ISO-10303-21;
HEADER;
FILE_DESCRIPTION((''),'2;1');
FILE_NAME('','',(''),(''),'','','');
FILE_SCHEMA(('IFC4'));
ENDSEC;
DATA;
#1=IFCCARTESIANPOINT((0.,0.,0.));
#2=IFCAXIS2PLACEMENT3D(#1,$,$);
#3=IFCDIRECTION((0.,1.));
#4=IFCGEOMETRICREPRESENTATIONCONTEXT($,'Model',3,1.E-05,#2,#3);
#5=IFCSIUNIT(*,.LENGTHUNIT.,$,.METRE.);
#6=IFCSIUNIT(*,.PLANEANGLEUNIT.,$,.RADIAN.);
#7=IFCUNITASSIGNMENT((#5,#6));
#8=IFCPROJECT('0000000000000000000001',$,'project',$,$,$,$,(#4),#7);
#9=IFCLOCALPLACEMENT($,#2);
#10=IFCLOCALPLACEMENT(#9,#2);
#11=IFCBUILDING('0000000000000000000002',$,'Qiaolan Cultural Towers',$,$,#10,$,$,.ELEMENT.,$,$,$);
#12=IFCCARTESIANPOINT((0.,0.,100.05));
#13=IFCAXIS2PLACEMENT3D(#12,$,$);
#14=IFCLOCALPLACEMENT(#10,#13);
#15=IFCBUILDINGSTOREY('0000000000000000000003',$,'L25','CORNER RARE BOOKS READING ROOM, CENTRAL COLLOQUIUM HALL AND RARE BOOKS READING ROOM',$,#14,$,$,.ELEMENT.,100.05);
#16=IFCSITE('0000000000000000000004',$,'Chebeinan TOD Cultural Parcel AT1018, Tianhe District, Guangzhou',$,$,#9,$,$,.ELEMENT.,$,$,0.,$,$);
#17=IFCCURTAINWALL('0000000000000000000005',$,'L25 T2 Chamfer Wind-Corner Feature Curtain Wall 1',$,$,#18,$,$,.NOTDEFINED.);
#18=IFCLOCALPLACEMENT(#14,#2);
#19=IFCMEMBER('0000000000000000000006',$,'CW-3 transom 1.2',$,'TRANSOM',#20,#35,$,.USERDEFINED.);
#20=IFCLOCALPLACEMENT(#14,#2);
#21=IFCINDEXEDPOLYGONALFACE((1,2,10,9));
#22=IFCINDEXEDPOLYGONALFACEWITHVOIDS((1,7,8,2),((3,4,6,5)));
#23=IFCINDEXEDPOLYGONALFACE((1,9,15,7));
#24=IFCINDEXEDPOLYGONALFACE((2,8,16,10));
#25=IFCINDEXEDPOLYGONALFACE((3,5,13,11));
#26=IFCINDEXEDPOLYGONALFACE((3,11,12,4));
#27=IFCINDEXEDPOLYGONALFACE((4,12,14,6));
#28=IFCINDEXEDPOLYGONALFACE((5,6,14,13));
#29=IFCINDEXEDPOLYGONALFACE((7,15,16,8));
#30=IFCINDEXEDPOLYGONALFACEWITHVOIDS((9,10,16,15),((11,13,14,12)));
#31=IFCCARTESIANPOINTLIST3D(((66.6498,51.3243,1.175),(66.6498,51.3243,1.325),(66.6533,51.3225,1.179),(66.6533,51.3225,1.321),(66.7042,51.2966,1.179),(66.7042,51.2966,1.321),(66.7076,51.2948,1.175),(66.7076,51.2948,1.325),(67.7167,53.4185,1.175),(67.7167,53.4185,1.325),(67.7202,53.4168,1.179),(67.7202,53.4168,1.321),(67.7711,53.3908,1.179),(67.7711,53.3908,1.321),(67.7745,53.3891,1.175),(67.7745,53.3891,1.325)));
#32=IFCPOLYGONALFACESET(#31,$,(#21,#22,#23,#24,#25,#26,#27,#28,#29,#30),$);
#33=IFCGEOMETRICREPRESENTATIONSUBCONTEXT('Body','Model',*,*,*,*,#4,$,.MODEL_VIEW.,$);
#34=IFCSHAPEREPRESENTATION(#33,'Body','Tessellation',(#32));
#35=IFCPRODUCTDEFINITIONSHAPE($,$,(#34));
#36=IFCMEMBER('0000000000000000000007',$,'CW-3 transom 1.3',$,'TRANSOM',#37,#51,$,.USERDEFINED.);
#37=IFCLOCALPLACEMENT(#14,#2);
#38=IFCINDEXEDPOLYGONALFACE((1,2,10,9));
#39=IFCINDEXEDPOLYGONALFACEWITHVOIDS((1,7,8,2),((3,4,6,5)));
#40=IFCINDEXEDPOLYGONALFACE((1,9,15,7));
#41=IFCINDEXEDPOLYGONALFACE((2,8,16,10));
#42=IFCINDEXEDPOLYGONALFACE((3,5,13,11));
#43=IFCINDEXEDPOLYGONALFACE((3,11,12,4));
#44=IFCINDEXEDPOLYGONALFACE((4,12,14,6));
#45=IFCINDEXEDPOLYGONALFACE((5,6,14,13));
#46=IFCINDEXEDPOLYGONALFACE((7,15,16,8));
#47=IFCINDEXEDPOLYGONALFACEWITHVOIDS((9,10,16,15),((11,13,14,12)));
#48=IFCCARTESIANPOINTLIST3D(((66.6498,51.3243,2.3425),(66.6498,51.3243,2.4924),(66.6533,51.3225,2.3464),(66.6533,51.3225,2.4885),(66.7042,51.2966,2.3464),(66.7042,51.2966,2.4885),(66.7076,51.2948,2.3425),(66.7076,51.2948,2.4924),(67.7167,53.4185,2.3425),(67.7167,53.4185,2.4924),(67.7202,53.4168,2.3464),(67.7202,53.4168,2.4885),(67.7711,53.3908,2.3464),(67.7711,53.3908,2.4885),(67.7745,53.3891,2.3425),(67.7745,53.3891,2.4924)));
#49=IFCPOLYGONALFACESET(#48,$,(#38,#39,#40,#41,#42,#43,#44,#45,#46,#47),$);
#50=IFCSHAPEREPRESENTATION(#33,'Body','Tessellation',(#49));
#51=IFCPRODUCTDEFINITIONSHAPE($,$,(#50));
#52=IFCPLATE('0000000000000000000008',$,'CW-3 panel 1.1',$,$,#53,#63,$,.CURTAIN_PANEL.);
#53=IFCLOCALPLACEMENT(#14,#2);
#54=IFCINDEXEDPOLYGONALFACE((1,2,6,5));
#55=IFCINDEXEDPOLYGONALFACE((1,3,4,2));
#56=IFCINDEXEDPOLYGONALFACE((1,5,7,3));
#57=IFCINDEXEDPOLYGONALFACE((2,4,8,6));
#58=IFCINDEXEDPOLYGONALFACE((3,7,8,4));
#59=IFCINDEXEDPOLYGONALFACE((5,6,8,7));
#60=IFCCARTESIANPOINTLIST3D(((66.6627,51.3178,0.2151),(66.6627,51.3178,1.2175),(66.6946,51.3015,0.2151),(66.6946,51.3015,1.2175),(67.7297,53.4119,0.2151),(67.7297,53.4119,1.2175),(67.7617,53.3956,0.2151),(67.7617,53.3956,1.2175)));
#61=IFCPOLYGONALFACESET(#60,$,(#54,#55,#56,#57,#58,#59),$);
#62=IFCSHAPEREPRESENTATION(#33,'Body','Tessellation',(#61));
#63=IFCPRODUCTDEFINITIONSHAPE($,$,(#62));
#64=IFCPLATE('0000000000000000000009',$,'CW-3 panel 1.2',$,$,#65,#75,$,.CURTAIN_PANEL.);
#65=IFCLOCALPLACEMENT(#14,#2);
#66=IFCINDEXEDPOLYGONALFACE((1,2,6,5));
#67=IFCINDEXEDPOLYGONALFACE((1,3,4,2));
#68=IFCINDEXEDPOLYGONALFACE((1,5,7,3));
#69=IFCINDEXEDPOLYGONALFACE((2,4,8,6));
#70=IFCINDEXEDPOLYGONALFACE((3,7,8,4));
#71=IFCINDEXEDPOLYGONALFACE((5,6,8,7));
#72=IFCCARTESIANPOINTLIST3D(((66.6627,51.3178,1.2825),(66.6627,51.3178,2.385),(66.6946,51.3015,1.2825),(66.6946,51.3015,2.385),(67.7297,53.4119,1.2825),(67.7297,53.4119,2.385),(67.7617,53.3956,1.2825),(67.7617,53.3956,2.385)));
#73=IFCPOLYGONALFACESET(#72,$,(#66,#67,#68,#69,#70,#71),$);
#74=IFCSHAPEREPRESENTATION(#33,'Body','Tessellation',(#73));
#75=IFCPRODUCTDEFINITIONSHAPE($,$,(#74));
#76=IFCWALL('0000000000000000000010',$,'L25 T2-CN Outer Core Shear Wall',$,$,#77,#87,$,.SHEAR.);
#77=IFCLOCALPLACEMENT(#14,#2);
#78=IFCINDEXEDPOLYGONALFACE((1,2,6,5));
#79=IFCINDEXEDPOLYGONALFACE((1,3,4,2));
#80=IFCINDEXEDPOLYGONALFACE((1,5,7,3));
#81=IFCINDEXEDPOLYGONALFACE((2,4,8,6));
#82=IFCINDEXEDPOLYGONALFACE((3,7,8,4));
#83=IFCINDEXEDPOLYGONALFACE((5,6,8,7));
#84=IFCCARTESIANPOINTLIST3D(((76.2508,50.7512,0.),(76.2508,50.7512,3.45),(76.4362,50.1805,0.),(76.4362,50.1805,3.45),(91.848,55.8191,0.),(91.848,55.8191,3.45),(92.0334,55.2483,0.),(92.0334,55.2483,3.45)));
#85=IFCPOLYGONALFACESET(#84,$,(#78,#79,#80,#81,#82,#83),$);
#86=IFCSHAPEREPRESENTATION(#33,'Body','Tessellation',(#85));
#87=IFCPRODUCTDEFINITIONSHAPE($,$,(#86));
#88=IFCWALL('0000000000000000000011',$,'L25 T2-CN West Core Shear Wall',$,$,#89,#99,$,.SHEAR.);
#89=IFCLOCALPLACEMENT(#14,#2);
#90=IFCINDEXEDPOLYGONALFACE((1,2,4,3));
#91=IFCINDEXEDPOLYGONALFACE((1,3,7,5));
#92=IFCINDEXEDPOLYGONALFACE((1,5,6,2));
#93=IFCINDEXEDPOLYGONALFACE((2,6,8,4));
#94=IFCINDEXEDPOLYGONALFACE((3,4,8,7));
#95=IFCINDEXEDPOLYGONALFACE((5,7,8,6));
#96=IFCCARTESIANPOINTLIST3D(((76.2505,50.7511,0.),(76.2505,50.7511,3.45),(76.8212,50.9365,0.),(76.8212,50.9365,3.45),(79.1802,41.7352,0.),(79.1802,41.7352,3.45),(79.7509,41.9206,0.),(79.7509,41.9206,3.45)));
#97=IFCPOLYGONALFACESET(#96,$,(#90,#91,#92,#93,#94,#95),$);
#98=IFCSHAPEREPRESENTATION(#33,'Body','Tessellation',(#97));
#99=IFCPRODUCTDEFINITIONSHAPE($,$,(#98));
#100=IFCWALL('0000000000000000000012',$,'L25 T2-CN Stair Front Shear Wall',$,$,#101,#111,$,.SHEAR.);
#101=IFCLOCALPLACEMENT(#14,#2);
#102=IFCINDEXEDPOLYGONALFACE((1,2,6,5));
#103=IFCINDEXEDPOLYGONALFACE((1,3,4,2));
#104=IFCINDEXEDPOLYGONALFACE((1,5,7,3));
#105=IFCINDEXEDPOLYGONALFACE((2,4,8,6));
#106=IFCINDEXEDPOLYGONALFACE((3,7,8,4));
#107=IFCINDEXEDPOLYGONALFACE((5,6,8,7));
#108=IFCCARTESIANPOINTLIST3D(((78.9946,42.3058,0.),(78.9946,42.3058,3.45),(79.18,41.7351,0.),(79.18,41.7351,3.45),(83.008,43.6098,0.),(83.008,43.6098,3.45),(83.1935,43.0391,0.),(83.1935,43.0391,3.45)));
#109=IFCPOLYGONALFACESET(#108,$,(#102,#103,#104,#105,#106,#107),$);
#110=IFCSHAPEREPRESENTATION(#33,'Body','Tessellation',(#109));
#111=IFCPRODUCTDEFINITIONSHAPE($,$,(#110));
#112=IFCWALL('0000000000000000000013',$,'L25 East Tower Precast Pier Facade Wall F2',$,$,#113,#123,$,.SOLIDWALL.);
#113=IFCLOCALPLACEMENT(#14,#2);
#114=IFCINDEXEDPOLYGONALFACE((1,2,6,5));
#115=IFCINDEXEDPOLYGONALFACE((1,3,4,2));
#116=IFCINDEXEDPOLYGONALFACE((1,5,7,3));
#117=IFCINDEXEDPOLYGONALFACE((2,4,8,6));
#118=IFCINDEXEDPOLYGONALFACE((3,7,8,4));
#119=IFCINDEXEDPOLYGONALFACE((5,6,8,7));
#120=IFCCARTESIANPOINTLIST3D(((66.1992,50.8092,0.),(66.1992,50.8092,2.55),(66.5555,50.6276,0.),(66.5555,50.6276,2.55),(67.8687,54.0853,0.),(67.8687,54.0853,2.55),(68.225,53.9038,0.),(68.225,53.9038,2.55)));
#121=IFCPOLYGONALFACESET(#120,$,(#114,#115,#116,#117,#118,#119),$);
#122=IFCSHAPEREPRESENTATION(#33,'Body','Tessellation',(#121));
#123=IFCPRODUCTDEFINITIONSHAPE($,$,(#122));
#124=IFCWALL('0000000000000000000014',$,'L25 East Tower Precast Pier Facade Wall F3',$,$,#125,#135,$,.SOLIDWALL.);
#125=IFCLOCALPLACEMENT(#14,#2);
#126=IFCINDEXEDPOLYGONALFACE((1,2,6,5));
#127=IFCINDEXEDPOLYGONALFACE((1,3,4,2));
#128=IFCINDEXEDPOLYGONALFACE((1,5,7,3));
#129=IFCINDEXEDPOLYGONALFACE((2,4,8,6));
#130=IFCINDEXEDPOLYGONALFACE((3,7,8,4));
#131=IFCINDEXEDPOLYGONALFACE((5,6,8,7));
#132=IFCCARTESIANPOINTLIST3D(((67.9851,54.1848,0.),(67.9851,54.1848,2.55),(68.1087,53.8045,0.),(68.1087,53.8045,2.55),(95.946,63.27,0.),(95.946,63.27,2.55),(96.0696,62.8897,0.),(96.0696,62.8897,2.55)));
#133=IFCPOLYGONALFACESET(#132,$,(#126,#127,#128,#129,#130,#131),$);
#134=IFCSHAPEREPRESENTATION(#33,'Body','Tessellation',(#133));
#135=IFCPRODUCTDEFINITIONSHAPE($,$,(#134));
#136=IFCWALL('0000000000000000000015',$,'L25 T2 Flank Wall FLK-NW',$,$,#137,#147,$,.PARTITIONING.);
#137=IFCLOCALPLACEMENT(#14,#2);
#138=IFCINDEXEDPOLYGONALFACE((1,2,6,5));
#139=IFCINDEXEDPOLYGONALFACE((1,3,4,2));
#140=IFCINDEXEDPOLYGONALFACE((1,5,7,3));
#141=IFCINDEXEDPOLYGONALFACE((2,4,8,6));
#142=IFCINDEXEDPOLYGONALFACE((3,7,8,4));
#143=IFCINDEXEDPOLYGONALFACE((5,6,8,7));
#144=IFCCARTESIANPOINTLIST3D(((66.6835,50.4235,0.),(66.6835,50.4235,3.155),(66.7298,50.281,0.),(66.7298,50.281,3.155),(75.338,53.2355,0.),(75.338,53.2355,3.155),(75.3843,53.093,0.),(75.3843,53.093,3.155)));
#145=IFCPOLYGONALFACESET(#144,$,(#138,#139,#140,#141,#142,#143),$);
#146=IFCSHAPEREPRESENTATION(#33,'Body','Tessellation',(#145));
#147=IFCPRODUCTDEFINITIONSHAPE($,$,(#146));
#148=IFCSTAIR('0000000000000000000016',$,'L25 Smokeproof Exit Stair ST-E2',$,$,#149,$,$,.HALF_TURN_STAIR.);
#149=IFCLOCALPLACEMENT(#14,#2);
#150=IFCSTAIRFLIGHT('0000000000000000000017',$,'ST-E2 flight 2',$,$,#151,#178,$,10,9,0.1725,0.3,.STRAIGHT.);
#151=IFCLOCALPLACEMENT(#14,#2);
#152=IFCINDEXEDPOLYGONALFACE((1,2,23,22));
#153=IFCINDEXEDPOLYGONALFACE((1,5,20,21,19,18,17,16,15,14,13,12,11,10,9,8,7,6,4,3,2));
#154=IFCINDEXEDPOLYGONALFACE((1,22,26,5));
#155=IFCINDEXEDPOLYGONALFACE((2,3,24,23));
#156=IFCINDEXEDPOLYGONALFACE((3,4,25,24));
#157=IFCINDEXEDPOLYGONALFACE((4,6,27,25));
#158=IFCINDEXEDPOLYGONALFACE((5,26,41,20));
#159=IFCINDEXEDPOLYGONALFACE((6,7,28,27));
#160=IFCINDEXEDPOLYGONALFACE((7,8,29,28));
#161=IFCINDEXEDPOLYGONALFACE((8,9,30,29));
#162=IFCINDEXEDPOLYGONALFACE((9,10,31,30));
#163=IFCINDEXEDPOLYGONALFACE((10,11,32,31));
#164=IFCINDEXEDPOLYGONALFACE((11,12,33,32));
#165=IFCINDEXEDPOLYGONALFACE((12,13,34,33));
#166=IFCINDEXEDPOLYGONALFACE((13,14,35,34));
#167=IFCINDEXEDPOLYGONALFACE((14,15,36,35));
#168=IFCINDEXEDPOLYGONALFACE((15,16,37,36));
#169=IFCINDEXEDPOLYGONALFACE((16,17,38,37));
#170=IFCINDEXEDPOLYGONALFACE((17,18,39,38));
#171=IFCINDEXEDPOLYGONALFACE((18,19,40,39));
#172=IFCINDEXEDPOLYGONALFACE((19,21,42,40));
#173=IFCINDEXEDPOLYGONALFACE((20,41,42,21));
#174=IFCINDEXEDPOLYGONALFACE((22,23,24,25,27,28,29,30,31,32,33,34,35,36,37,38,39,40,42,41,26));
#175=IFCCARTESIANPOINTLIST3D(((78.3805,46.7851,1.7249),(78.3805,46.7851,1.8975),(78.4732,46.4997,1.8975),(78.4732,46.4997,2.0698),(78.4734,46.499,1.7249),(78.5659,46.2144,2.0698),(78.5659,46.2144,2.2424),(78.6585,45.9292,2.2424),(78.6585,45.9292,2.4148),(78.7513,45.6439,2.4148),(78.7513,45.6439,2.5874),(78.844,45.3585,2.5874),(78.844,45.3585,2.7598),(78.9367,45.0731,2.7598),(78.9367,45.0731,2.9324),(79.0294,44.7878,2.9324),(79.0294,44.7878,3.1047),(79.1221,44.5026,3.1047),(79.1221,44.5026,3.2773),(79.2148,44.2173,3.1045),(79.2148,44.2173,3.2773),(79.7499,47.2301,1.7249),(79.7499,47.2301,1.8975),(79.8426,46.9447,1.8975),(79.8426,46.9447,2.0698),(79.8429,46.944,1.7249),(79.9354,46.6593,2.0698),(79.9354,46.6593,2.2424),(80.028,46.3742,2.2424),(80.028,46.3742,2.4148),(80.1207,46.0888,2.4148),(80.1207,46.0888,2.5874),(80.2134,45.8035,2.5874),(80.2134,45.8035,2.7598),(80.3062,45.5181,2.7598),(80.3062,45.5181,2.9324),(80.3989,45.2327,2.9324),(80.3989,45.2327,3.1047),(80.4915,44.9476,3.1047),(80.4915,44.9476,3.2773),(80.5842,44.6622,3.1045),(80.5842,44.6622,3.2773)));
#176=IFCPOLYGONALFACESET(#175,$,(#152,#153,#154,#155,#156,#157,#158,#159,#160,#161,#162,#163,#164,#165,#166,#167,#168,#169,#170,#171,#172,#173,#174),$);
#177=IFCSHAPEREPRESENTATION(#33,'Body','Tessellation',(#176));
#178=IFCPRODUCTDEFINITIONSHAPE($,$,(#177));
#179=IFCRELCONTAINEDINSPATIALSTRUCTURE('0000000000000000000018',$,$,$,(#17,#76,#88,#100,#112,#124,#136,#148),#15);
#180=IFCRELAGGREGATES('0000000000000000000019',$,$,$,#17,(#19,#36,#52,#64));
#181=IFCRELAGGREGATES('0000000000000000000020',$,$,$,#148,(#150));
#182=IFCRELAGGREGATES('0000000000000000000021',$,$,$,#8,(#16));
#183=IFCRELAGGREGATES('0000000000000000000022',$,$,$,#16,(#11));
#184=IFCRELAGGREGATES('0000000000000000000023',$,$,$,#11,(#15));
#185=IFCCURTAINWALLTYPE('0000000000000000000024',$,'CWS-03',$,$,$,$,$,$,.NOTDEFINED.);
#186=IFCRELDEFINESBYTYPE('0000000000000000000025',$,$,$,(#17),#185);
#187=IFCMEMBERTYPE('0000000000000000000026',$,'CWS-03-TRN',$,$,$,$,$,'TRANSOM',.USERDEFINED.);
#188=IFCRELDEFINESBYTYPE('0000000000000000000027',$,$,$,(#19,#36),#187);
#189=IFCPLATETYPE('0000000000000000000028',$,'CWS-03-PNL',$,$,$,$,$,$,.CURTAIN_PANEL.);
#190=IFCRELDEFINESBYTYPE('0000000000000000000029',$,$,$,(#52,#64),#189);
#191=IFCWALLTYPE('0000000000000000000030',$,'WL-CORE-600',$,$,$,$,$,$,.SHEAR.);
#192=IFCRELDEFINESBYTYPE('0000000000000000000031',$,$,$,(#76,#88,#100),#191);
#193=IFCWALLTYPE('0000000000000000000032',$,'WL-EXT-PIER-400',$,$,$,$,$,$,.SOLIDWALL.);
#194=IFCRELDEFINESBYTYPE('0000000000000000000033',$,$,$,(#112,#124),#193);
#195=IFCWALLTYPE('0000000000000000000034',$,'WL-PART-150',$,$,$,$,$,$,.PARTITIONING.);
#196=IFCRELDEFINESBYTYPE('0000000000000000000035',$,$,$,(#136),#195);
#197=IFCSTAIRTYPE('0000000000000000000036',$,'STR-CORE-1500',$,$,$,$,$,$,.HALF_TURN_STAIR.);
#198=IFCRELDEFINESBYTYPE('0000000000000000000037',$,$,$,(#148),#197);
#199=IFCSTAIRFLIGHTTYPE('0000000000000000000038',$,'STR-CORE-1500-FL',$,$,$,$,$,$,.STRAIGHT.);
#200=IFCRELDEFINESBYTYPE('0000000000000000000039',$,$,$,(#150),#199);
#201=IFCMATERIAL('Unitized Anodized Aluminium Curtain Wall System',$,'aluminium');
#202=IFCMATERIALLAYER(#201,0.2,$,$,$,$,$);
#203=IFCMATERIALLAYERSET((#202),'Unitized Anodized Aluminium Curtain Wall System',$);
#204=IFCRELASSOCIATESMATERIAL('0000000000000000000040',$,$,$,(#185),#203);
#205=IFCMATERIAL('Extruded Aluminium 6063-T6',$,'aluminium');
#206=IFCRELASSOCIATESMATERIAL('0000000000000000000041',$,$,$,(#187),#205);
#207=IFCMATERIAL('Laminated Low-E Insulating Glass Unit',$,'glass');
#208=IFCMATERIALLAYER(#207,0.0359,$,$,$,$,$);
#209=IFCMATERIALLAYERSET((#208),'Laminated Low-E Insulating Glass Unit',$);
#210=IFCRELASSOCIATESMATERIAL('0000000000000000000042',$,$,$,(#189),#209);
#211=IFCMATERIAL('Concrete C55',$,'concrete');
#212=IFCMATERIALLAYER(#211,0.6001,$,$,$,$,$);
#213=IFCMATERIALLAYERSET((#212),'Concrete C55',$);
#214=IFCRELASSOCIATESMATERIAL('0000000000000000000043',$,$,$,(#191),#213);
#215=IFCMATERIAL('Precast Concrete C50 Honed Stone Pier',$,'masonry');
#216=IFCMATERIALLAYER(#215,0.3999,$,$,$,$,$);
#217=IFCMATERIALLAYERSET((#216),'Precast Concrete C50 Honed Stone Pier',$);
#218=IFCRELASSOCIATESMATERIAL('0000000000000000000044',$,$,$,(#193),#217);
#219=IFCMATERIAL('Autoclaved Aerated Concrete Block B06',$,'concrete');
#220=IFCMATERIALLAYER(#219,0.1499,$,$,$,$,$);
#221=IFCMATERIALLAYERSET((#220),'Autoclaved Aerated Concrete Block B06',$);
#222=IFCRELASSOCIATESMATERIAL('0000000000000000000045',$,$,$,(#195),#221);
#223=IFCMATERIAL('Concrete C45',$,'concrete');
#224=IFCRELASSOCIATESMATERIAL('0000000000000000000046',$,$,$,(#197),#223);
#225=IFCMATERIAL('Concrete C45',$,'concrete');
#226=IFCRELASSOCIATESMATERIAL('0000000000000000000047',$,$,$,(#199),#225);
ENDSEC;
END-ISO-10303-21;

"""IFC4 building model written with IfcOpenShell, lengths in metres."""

from ifc_helpers import new_model, si_unit, direction, frame, frame_2d, origin, origin_2d, place, context, subcontext, project, spatial, polyline, rectangle, hollow_rectangle, outline, extrude, material, layer, layer_set, material_profile, profile_set, type_object, element, aggregate, save


model = new_model("IFC4")

# Units and contexts
model_context = context("Model", 3, precision=1e-05, world=origin(), true_north=direction((0.0, 1.0)))
body_context = subcontext(model_context, "Body", "Model", "MODEL_VIEW")
ifc_project = project(units=[si_unit("LENGTHUNIT", "METRE"), si_unit("PLANEANGLEUNIT", "RADIAN")], contexts=[model_context])

# Site, building, storey
site_placement = place(None, origin())
site = spatial("IfcSite", under=ifc_project, at=site_placement, Name="Chebeinan TOD Cultural Parcel AT1018, Tianhe District, Guangzhou", CompositionType="ELEMENT", RefElevation=0.0)
building_placement = place(site_placement, origin())
building = spatial("IfcBuilding", under=site, at=building_placement, Name="Qiaolan Cultural Towers", CompositionType="ELEMENT")
storey_placement = place(building_placement, frame((0.0, 0.0, 100.05)))
storey = spatial("IfcBuildingStorey", under=building, at=storey_placement, Name="L25", Description="CORNER RARE BOOKS READING ROOM, CENTRAL COLLOQUIUM HALL AND RARE BOOKS READING ROOM", CompositionType="ELEMENT", Elevation=100.05)

# Curtain wall, members, plates
ifc_material_1 = material(Name="Unitized Anodized Aluminium Curtain Wall System", Category="aluminium")
ifc_layer_1 = layer(ifc_material_1, 0.2)
ifc_layer_set_1 = layer_set([ifc_layer_1], Name="Unitized Anodized Aluminium Curtain Wall System")
curtain_wall_type = type_object("IfcCurtainWallType", Name="CWS-03", PredefinedType="NOTDEFINED", material=ifc_layer_set_1)
curtain_wall_placement = place(storey_placement, origin())
curtain_wall = element("IfcCurtainWall", 1, at=curtain_wall_placement, inside=storey, type_object=curtain_wall_type, Name="L25 T2 Chamfer Wind-Corner Feature Curtain Wall 1", PredefinedType="NOTDEFINED")
ifc_material_2 = material(Name="Extruded Aluminium 6063-T6", Category="aluminium")
ifc_material_profile_1 = material_profile(ifc_material_2, hollow_rectangle(XDim=0.0649, YDim=0.1499, WallThickness=0.0039, at=origin_2d()), Name="CWT-150x65x4")
ifc_profile_set_1 = profile_set([ifc_material_profile_1], Name="Extruded Aluminium 6063-T6")
member_type_1 = type_object("IfcMemberType", Name="CWS-03-TRN", ElementType="TRANSOM", PredefinedType="USERDEFINED", material=ifc_profile_set_1)
member_1_placement = place(storey_placement, frame((66.6787, 51.3096, 1.25), z_axis=(0.453932, 0.891036, 0.0), x_axis=(-0.891036, 0.453932, 0.0)))
member_1 = element("IfcMember", 2, at=member_1_placement, type_object=member_type_1, Name="CW-3 transom 1.2", ObjectType="TRANSOM", PredefinedType="USERDEFINED", context=body_context, shape_type="SweptSolid", body=[
    extrude(hollow_rectangle(XDim=0.0649, YDim=0.1499, WallThickness=0.0039, at=origin_2d()), origin(), (0.0, 0.0, 1.0), 2.3503),
])
member_2_placement = place(storey_placement, frame((66.6787, 51.3096, 2.4175), z_axis=(0.453932, 0.891036, 0.0), x_axis=(-0.891036, 0.453932, 0.0)))
member_2 = element("IfcMember", 3, at=member_2_placement, type_object=member_type_1, Name="CW-3 transom 1.3", ObjectType="TRANSOM", PredefinedType="USERDEFINED", context=body_context, shape_type="SweptSolid", body=[
    extrude(hollow_rectangle(XDim=0.0649, YDim=0.1499, WallThickness=0.0039, at=origin_2d()), origin(), (0.0, 0.0, 1.0), 2.3503),
])
ifc_material_3 = material(Name="Laminated Low-E Insulating Glass Unit", Category="glass")
ifc_layer_2 = layer(ifc_material_3, 0.0359)
ifc_layer_set_2 = layer_set([ifc_layer_2], Name="Laminated Low-E Insulating Glass Unit")
plate_type = type_object("IfcPlateType", Name="CWS-03-PNL", PredefinedType="CURTAIN_PANEL", material=ifc_layer_set_2)
plate_1_placement = place(storey_placement, frame((67.2122, 52.3567, 0.2151), z_axis=(0.0, 0.0, 1.0), x_axis=(0.453991, 0.891006, 0.0)))
plate_1 = element("IfcPlate", 4, at=plate_1_placement, type_object=plate_type, Name="CW-3 panel 1.1", PredefinedType="CURTAIN_PANEL", context=body_context, shape_type="SweptSolid", body=[
    extrude(rectangle(XDim=2.3503, YDim=0.0359, at=origin_2d()), origin(), (0.0, 0.0, 1.0), 1.0024),
])
plate_2_placement = place(storey_placement, frame((67.2122, 52.3567, 1.2825), z_axis=(0.0, 0.0, 1.0), x_axis=(0.453991, 0.891006, 0.0)))
plate_2 = element("IfcPlate", 5, at=plate_2_placement, type_object=plate_type, Name="CW-3 panel 1.2", PredefinedType="CURTAIN_PANEL", context=body_context, shape_type="SweptSolid", body=[
    extrude(rectangle(XDim=2.3503, YDim=0.0359, at=origin_2d()), origin(), (0.0, 0.0, 1.0), 1.1025),
])
aggregate(curtain_wall, [member_1, member_2, plate_1, plate_2])

# Walls
ifc_material_4 = material(Name="Concrete C55", Category="concrete")
ifc_layer_3 = layer(ifc_material_4, 0.6001)
ifc_layer_set_3 = layer_set([ifc_layer_3], Name="Concrete C55")
wall_type_1 = type_object("IfcWallType", Name="WL-CORE-600", PredefinedType="SHEAR", material=ifc_layer_set_3)
wall_1_placement = place(storey_placement, frame((76.3435, 50.4658, 0.0), z_axis=(0.0, 0.0, 1.0), x_axis=(0.951056, 0.309019, 0.0)))
element("IfcWall", 6, at=wall_1_placement, inside=storey, type_object=wall_type_1, Name="L25 T2-CN Outer Core Shear Wall", PredefinedType="SHEAR", context=body_context, shape_type="SweptSolid", body=[
    extrude(rectangle(XDim=16.3999, YDim=0.6001, at=frame_2d((8.2, 0.0))), origin(), (0.0, 0.0, 1.0), 3.45),
])
wall_2_placement = place(storey_placement, frame((79.4656, 41.8279, 0.0), z_axis=(0.0, 0.0, 1.0), x_axis=(-0.309041, 0.951049, 0.0)))
element("IfcWall", 7, at=wall_2_placement, inside=storey, type_object=wall_type_1, Name="L25 T2-CN West Core Shear Wall", PredefinedType="SHEAR", context=body_context, shape_type="SweptSolid", body=[
    extrude(rectangle(XDim=9.48, YDim=0.6001, at=frame_2d((4.74, 0.0))), origin(), (0.0, 0.0, 1.0), 3.45),
])
wall_3_placement = place(storey_placement, frame((79.0874, 42.0205, 0.0), z_axis=(0.0, 0.0, 1.0), x_axis=(0.951063, 0.308998, 0.0)))
element("IfcWall", 8, at=wall_3_placement, inside=storey, type_object=wall_type_1, Name="L25 T2-CN Stair Front Shear Wall", PredefinedType="SHEAR", context=body_context, shape_type="SweptSolid", body=[
    extrude(rectangle(XDim=4.22, YDim=0.6001, at=frame_2d((2.1099, 0.0))), origin(), (0.0, 0.0, 1.0), 3.45),
])
ifc_material_5 = material(Name="Precast Concrete C50 Honed Stone Pier", Category="masonry")
ifc_layer_4 = layer(ifc_material_5, 0.3999)
ifc_layer_set_4 = layer_set([ifc_layer_4], Name="Precast Concrete C50 Honed Stone Pier")
wall_type_2 = type_object("IfcWallType", Name="WL-EXT-PIER-400", PredefinedType="SOLIDWALL", material=ifc_layer_set_4)
wall_4_placement = place(storey_placement, frame((66.3774, 50.7185, 0.0), z_axis=(0.0, 0.0, 1.0), x_axis=(0.454026, 0.890988, 0.0)))
element("IfcWall", 9, at=wall_4_placement, inside=storey, type_object=wall_type_2, Name="L25 East Tower Precast Pier Facade Wall F2", PredefinedType="SOLIDWALL", context=body_context, shape_type="SweptSolid", body=[
    extrude(rectangle(XDim=3.677, YDim=0.3999, at=frame_2d((1.8384, 0.0))), origin(), (0.0, 0.0, 1.0), 2.55),
])
wall_5_placement = place(storey_placement, frame((68.0469, 53.9946, 0.0), z_axis=(0.0, 0.0, 1.0), x_axis=(0.951055, 0.309021, 0.0)))
element("IfcWall", 10, at=wall_5_placement, inside=storey, type_object=wall_type_2, Name="L25 East Tower Precast Pier Facade Wall F3", PredefinedType="SOLIDWALL", context=body_context, shape_type="SweptSolid", body=[
    extrude(rectangle(XDim=29.3999, YDim=0.3999, at=frame_2d((14.7, 0.0))), origin(), (0.0, 0.0, 1.0), 2.55),
])
ifc_material_6 = material(Name="Autoclaved Aerated Concrete Block B06", Category="concrete")
ifc_layer_5 = layer(ifc_material_6, 0.1499)
ifc_layer_set_5 = layer_set([ifc_layer_5], Name="Autoclaved Aerated Concrete Block B06")
wall_type_3 = type_object("IfcWallType", Name="WL-PART-150", PredefinedType="PARTITIONING", material=ifc_layer_set_5)
wall_6_placement = place(storey_placement, frame((66.7068, 50.3523, 0.0), z_axis=(0.0, 0.0, 1.0), x_axis=(0.951057, 0.309015, 0.0)))
element("IfcWall", 11, at=wall_6_placement, inside=storey, type_object=wall_type_3, Name="L25 T2 Flank Wall FLK-NW", PredefinedType="PARTITIONING", context=body_context, shape_type="SweptSolid", body=[
    extrude(rectangle(XDim=9.0999, YDim=0.1499, at=frame_2d((4.5498, 0.0))), origin(), (0.0, 0.0, 1.0), 3.155),
])

# Stair, stair flight
ifc_material_7 = material(Name="Concrete C45", Category="concrete")
stair_type = type_object("IfcStairType", Name="STR-CORE-1500", PredefinedType="HALF_TURN_STAIR", material=ifc_material_7)
stair_placement = place(storey_placement, origin())
stair = element("IfcStair", 12, at=stair_placement, inside=storey, type_object=stair_type, Name="L25 Smokeproof Exit Stair ST-E2", PredefinedType="HALF_TURN_STAIR")
ifc_material_8 = material(Name="Concrete C45", Category="concrete")
stair_flight_type = type_object("IfcStairFlightType", Name="STR-CORE-1500-FL", PredefinedType="STRAIGHT", material=ifc_material_8)
stair_flight_placement = place(storey_placement, frame((79.0652, 47.0076, 1.7249), z_axis=(0.0, 0.0, 1.0), x_axis=(0.309017, -0.951057, 0.0)))
stair_flight = element("IfcStairFlight", 13, at=stair_flight_placement, type_object=stair_flight_type, Name="ST-E2 flight 2", NumberOfRisers=10, NumberOfTreads=9, PredefinedType="STRAIGHT", RiserHeight=0.1725, TreadLength=0.3, context=body_context, shape_type="SweptSolid", body=[
    extrude(outline(polyline([(0.0, 0.0), (0.0, 0.1726), (0.3, 0.1726), (0.3, 0.345), (0.6001, 0.345), (0.6001, 0.5176), (0.8999, 0.5176), (0.8999, 0.6899), (1.2, 0.6899), (1.2, 0.8625), (1.5, 0.8625), (1.5, 1.0349), (1.8, 1.0349), (1.8, 1.2075), (2.1001, 1.2075), (2.1001, 1.3799), (2.3999, 1.3799), (2.3999, 1.5525), (2.7, 1.5525), (2.7, 1.7251), (2.7, 1.3796), (0.3008, 0.0), (0.0, 0.0)])), frame((0.0, 0.72, 0.0), z_axis=(0.0, -1.0, 0.0), x_axis=(1.0, 0.0, 0.0)), (0.0, 0.0, 1.0), 1.4399),
])
aggregate(stair, [stair_flight])

save(model, "model.ifc")
